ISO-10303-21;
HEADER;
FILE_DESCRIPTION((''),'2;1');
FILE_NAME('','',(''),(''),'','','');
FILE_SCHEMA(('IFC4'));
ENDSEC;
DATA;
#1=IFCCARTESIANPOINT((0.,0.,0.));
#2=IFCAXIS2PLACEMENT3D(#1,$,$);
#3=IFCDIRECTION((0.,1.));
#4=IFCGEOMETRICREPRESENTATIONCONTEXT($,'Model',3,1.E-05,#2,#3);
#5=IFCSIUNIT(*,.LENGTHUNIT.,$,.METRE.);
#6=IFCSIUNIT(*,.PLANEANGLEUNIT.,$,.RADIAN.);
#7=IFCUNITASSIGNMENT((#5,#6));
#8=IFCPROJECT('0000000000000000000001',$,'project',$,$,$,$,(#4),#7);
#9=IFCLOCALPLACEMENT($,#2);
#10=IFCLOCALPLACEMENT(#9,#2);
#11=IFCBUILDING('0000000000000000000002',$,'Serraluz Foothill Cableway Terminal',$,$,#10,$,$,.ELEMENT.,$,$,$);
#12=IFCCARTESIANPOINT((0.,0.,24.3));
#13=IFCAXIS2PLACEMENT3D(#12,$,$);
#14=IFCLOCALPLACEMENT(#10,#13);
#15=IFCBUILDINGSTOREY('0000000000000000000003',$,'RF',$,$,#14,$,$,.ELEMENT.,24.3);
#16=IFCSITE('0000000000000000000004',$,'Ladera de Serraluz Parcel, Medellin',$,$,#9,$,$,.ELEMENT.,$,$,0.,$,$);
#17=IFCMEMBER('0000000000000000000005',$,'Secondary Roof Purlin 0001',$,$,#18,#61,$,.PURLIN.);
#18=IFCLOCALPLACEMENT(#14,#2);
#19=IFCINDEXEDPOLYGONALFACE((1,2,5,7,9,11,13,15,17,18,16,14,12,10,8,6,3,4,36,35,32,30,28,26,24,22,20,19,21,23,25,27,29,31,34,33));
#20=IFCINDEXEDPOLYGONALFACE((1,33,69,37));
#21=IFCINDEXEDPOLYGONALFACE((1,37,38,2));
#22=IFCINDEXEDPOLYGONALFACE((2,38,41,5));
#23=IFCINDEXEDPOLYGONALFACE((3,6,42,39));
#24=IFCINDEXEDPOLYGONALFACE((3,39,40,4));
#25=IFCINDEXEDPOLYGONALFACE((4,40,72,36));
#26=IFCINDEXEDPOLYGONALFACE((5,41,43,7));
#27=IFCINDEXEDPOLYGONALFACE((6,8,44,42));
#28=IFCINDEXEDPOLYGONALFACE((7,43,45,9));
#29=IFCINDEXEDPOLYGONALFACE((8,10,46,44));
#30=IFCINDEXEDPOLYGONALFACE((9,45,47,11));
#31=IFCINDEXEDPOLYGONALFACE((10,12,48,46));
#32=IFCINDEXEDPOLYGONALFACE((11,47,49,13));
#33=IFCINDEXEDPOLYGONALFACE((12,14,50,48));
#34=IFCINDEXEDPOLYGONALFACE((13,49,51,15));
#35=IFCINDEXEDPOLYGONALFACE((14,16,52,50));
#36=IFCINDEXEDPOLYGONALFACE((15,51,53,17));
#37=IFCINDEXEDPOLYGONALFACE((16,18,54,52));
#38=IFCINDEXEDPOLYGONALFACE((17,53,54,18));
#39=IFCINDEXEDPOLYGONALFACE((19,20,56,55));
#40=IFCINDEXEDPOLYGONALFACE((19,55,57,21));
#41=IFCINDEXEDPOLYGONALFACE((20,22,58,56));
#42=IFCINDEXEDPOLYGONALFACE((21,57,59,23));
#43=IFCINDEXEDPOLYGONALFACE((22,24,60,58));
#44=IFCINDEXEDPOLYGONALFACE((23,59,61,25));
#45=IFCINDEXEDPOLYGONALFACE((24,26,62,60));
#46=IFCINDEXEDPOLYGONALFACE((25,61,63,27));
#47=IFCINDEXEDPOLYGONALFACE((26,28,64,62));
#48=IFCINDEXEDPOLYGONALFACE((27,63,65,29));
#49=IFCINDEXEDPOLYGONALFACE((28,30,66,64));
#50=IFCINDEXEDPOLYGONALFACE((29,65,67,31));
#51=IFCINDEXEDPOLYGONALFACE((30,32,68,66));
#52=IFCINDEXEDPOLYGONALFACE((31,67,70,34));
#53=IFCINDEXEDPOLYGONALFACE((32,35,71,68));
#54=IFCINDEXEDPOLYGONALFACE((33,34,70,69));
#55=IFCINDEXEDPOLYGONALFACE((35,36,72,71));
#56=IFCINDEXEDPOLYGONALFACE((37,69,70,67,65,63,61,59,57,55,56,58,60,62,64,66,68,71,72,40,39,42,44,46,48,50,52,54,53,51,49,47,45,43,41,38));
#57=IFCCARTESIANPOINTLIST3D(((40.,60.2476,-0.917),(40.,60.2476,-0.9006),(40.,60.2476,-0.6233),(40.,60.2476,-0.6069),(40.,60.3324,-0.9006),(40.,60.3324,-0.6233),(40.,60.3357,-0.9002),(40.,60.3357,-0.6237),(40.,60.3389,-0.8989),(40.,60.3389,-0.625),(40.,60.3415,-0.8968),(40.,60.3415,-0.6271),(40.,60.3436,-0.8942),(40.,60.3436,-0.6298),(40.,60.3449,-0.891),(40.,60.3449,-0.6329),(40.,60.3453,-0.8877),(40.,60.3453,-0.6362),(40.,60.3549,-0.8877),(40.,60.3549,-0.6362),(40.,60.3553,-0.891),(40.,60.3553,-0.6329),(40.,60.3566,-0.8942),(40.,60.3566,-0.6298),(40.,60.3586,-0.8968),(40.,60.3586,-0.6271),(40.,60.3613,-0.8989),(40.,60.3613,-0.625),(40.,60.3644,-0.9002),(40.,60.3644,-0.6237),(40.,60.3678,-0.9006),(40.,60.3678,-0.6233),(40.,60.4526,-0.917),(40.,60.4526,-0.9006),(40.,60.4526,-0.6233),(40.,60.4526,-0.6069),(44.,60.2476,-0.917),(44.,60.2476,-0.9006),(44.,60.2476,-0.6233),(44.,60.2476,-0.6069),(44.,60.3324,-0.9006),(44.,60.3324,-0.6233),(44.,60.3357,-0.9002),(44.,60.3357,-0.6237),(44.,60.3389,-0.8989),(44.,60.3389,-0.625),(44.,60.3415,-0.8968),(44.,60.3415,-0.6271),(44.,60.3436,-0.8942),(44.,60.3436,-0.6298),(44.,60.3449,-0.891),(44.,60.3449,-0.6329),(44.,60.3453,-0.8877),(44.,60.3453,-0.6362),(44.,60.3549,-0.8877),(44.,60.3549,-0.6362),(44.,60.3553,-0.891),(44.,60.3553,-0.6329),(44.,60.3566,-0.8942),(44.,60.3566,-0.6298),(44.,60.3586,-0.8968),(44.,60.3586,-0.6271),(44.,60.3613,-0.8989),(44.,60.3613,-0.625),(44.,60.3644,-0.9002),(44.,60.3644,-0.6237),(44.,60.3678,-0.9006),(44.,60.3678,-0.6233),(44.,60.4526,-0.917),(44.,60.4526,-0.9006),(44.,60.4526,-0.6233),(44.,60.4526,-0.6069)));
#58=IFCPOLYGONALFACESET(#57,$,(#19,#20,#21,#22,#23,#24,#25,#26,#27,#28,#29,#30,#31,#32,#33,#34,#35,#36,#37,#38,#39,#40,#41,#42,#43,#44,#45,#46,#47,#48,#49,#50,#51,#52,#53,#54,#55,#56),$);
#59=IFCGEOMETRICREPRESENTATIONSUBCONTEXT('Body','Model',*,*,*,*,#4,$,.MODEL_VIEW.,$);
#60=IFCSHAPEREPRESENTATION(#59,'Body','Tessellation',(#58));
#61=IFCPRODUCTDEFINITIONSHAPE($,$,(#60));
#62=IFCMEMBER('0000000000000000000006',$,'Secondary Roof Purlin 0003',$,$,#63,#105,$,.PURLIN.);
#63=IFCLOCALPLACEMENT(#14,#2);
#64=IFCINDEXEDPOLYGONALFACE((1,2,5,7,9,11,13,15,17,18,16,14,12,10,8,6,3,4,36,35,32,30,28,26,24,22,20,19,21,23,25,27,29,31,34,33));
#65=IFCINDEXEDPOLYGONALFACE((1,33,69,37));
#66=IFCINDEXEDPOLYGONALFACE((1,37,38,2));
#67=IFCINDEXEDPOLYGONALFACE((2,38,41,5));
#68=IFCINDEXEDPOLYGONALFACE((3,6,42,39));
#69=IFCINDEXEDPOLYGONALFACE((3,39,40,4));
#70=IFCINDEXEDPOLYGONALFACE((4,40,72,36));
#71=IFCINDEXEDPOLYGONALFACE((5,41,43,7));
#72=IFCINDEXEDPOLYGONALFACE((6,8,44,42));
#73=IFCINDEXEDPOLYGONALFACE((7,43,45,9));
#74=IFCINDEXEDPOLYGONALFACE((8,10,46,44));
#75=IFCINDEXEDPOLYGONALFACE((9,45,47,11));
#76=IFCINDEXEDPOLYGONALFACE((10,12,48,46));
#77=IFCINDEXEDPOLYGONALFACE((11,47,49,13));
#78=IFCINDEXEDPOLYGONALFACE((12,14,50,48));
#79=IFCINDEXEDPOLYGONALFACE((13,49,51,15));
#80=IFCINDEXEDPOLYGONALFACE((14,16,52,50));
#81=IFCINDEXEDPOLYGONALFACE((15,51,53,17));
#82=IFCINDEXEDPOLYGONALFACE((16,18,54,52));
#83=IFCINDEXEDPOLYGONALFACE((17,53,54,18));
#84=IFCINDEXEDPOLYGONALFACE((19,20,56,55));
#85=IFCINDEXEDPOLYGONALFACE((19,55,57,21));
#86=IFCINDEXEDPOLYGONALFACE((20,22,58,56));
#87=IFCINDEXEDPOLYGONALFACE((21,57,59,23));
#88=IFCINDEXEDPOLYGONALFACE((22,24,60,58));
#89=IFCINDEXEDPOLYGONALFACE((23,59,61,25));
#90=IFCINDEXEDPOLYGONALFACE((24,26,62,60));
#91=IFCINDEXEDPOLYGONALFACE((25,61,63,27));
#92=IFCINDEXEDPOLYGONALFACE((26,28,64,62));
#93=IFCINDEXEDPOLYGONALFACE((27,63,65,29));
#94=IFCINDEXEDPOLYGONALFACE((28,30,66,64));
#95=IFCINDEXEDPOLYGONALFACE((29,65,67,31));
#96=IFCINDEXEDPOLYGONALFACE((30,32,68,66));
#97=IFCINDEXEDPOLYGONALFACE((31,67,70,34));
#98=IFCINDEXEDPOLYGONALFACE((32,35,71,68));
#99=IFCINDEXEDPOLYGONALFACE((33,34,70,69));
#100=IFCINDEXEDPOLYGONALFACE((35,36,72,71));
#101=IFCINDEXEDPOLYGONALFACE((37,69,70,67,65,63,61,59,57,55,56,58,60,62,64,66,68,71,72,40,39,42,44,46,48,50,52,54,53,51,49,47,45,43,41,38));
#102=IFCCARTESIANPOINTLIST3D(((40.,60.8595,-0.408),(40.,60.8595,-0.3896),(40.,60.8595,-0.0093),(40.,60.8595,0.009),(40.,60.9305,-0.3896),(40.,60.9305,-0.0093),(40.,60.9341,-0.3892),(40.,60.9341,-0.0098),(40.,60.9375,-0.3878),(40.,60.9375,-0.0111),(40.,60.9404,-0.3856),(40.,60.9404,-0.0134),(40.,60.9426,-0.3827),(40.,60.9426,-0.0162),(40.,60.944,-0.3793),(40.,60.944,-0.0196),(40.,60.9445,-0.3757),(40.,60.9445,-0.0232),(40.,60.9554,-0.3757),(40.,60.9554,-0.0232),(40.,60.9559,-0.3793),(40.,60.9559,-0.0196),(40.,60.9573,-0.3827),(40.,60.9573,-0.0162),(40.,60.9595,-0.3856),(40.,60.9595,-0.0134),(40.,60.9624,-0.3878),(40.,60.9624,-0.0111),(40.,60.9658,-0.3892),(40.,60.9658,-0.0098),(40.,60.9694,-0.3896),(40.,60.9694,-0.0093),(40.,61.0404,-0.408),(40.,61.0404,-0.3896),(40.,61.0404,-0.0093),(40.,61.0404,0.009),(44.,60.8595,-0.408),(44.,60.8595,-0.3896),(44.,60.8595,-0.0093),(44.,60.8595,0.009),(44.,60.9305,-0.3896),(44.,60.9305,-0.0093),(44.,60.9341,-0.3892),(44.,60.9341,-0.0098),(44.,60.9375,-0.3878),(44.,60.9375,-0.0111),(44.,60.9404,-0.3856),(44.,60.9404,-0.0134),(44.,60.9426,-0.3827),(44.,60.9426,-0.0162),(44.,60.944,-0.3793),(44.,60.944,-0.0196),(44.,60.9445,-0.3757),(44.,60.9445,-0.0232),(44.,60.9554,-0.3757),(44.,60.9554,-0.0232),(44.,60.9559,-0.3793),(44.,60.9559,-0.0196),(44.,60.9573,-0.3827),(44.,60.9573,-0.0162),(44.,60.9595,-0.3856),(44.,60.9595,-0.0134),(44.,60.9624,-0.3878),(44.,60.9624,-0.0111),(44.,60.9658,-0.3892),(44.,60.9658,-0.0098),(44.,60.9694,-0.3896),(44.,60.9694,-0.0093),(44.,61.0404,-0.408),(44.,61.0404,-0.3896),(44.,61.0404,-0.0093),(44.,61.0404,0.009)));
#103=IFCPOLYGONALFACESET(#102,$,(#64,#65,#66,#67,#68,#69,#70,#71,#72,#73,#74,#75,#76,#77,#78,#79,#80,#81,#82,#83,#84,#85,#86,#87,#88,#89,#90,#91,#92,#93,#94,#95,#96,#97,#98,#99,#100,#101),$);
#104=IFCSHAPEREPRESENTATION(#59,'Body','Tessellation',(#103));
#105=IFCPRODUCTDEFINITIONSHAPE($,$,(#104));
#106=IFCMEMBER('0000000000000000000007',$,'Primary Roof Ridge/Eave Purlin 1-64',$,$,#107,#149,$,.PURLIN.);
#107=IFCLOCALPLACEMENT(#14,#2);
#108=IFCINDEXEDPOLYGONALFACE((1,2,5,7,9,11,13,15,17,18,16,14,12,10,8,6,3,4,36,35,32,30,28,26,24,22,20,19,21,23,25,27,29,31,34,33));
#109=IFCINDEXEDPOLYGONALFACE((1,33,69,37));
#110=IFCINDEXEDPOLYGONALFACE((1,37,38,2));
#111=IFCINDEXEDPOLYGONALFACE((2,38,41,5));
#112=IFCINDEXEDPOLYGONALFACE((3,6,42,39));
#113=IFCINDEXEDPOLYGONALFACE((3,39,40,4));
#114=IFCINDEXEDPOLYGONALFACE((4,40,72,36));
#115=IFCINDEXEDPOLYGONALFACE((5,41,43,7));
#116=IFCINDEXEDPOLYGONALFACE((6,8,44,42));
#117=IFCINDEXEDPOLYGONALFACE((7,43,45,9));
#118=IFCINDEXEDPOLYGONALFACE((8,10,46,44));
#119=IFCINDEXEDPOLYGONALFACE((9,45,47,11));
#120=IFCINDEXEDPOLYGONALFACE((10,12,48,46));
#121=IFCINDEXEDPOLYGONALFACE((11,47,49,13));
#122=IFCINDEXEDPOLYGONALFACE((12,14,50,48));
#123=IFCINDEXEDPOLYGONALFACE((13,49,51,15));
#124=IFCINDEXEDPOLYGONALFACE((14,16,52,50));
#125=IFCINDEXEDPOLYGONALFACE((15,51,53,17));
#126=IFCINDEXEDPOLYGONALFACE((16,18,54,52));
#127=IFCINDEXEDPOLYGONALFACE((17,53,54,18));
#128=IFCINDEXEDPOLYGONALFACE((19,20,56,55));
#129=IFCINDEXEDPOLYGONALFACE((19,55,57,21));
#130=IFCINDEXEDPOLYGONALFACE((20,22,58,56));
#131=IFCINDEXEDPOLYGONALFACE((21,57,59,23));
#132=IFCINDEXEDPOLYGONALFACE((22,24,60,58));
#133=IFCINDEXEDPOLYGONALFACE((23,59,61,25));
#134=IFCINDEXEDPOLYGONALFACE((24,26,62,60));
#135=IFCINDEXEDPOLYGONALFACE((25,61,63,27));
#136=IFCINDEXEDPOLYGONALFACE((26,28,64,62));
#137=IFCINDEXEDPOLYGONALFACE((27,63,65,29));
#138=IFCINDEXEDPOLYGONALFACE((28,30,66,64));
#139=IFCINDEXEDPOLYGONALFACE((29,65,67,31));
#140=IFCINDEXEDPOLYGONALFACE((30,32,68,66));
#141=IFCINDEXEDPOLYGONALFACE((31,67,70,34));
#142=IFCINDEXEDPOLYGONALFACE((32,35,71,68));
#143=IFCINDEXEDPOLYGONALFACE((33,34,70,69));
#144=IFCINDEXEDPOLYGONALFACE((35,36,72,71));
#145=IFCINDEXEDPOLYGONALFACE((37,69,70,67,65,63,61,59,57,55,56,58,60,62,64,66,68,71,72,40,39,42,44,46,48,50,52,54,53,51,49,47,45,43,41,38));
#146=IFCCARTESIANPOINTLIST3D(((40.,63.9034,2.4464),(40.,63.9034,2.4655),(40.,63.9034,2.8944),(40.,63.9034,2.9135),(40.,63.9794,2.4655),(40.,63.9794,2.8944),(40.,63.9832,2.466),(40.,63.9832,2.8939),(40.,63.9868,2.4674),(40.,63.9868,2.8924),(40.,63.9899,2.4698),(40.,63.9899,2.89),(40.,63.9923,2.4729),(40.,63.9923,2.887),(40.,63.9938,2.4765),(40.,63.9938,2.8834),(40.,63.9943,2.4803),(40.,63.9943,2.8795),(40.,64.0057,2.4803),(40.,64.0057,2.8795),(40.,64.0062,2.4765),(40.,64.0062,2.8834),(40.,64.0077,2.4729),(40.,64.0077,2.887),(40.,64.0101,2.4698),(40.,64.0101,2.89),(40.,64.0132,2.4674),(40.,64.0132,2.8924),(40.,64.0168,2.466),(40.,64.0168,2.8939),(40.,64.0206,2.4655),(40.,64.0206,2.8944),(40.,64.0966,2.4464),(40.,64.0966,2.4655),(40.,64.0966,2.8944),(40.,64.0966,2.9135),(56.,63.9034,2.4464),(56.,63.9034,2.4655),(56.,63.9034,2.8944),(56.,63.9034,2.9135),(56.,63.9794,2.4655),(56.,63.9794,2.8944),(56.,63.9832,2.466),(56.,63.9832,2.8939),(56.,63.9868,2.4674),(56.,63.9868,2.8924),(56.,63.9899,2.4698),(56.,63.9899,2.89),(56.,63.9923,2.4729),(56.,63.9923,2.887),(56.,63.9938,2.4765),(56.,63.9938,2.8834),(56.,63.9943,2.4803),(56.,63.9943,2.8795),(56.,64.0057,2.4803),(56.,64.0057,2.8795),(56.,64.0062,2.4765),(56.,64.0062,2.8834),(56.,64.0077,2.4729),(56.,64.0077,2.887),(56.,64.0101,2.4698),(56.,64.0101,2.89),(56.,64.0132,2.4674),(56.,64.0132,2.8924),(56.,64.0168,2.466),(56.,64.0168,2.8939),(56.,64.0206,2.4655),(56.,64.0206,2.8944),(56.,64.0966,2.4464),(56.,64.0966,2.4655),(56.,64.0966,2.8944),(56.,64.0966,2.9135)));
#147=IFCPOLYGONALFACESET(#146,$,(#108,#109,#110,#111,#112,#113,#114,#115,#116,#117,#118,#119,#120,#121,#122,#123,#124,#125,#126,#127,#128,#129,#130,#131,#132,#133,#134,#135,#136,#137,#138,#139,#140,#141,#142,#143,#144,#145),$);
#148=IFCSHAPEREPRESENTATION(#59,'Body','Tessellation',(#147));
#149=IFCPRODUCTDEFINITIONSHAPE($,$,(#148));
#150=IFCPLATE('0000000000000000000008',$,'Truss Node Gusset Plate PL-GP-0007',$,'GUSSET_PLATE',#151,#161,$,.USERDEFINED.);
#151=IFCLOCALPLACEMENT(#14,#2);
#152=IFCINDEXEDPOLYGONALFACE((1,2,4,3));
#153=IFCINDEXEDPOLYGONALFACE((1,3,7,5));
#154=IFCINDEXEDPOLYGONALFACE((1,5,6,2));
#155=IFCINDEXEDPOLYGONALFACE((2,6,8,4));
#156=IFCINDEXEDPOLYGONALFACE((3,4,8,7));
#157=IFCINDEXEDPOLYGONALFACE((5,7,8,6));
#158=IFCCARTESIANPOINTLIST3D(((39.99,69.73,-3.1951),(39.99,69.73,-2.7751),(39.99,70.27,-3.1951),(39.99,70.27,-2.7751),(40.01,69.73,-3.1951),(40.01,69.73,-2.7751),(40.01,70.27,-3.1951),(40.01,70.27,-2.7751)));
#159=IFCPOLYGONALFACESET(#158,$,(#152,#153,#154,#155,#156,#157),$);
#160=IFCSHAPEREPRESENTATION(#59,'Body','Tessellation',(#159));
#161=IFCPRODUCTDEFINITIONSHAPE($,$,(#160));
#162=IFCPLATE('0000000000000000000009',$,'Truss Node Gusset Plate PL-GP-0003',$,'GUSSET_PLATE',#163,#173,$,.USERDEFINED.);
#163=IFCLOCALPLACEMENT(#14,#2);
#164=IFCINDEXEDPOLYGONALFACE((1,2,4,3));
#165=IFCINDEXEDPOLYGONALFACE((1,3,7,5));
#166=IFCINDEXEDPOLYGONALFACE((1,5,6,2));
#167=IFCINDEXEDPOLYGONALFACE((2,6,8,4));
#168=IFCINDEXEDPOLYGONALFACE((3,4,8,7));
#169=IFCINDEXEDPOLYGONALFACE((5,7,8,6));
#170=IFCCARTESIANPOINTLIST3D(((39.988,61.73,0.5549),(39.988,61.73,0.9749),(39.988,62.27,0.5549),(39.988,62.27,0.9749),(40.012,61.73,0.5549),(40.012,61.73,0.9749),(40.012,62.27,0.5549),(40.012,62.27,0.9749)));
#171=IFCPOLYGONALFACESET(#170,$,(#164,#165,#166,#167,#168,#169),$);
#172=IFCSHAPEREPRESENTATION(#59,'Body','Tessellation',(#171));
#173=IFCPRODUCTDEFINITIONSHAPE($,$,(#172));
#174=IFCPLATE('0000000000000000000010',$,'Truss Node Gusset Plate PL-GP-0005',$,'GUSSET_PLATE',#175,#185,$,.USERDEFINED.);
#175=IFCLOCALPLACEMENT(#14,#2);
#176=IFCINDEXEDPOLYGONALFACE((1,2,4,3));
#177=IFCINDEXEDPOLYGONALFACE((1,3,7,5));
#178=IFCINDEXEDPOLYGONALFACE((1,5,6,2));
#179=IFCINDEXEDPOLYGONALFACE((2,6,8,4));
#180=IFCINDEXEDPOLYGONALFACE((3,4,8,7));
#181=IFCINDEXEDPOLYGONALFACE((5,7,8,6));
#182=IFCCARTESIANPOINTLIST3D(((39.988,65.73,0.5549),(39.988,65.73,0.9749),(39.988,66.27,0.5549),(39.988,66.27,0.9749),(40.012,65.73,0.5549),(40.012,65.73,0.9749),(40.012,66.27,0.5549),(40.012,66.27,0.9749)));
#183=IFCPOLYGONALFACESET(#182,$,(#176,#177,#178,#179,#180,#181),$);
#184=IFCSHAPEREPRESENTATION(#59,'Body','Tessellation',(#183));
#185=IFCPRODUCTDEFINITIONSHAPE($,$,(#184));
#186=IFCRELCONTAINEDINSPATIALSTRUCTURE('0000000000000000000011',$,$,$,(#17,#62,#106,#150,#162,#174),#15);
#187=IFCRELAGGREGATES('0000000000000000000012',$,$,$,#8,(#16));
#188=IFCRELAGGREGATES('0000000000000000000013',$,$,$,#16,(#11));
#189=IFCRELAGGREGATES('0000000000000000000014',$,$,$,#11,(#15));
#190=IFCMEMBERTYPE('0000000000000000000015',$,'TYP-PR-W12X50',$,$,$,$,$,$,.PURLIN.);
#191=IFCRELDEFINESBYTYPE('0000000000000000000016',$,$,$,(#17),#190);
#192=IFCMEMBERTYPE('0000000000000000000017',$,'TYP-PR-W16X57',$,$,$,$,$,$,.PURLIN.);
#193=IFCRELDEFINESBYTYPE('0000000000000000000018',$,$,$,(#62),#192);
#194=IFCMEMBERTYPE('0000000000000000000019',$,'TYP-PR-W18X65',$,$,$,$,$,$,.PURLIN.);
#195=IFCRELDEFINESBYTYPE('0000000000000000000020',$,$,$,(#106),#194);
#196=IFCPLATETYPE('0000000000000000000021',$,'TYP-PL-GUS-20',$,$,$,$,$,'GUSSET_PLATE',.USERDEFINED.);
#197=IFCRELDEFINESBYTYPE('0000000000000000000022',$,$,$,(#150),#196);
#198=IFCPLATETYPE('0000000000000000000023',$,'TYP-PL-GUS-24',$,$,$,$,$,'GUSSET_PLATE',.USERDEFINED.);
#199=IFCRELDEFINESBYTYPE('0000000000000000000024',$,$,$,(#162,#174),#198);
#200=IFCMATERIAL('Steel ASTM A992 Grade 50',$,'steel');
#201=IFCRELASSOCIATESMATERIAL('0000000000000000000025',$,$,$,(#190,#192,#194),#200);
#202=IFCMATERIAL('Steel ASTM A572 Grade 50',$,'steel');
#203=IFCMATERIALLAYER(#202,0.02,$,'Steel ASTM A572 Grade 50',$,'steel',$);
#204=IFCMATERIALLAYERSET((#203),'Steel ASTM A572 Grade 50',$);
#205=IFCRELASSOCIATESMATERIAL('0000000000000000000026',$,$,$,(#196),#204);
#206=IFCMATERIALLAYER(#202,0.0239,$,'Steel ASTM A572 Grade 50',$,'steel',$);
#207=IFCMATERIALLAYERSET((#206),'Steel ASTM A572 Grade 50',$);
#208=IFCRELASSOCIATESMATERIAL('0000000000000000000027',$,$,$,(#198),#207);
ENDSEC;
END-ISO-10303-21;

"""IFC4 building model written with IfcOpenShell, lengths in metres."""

from ifc_helpers import new_model, si_unit, direction, frame, origin, origin_2d, place, context, subcontext, project, spatial, rectangle, i_section, extrude, material, layer, layer_set, material_profile, profile_set, type_object, element, save


model = new_model("IFC4")

# Units and contexts
model_context = context("Model", 3, precision=1e-05, world=origin(), true_north=direction((0.0, 1.0)))
body_context = subcontext(model_context, "Body", "Model", "MODEL_VIEW")
ifc_project = project(units=[si_unit("LENGTHUNIT", "METRE"), si_unit("PLANEANGLEUNIT", "RADIAN")], contexts=[model_context])

# Site, building, storey
site_placement = place(None, origin())
site = spatial("IfcSite", under=ifc_project, at=site_placement, Name="Ladera de Serraluz Parcel, Medellin", CompositionType="ELEMENT", RefElevation=0.0)
building_placement = place(site_placement, origin())
building = spatial("IfcBuilding", under=site, at=building_placement, Name="Serraluz Foothill Cableway Terminal", CompositionType="ELEMENT")
storey_placement = place(building_placement, frame((0.0, 0.0, 24.3)))
storey = spatial("IfcBuildingStorey", under=building, at=storey_placement, Name="RF", CompositionType="ELEMENT", Elevation=24.3)

# Members
ifc_material_1 = material(Name="Steel ASTM A572 Grade 50", Category="steel")
ifc_material_2 = material(Name="Steel ASTM A992 Grade 50", Category="steel")
ifc_material_profile_1 = material_profile(ifc_material_2, i_section(OverallWidth=0.2051, OverallDepth=0.3101, WebThickness=0.0095, FlangeThickness=0.0164, FilletRadius=0.0129, at=origin_2d()), Name="W12X50")
ifc_profile_set_1 = profile_set([ifc_material_profile_1], Name="Steel ASTM A992 Grade 50")
member_type_1 = type_object("IfcMemberType", Name="TYP-PR-W12X50", PredefinedType="PURLIN", material=ifc_profile_set_1)
member_1_placement = place(storey_placement, frame((40.0, 60.3501, -0.762), z_axis=(1.0, 0.0, 0.0), x_axis=(0.0, 1.0, 0.0)))
element("IfcMember", 1, at=member_1_placement, inside=storey, type_object=member_type_1, Name="Secondary Roof Purlin 0001", PredefinedType="PURLIN", context=body_context, shape_type="SweptSolid", body=[
    extrude(i_section(OverallWidth=0.2051, OverallDepth=0.3101, WebThickness=0.0095, FlangeThickness=0.0164, FilletRadius=0.0129, at=origin_2d()), origin(), (0.0, 0.0, 1.0), 4.0),
])
ifc_material_profile_2 = material_profile(ifc_material_2, i_section(OverallWidth=0.1809, OverallDepth=0.417, WebThickness=0.011, FlangeThickness=0.0183, FilletRadius=0.0139, at=origin_2d()), Name="W16X57")
ifc_profile_set_2 = profile_set([ifc_material_profile_2], Name="Steel ASTM A992 Grade 50")
member_type_2 = type_object("IfcMemberType", Name="TYP-PR-W16X57", PredefinedType="PURLIN", material=ifc_profile_set_2)
member_2_placement = place(storey_placement, frame((40.0, 60.95, -0.1995), z_axis=(1.0, 0.0, 0.0), x_axis=(0.0, 1.0, 0.0)))
element("IfcMember", 2, at=member_2_placement, inside=storey, type_object=member_type_2, Name="Secondary Roof Purlin 0003", PredefinedType="PURLIN", context=body_context, shape_type="SweptSolid", body=[
    extrude(i_section(OverallWidth=0.1809, OverallDepth=0.417, WebThickness=0.011, FlangeThickness=0.0183, FilletRadius=0.0139, at=origin_2d()), origin(), (0.0, 0.0, 1.0), 4.0),
])
ifc_material_profile_3 = material_profile(ifc_material_2, i_section(OverallWidth=0.1931, OverallDepth=0.467, WebThickness=0.0115, FlangeThickness=0.019, FilletRadius=0.0149, at=origin_2d()), Name="W18X65")
ifc_profile_set_3 = profile_set([ifc_material_profile_3], Name="Steel ASTM A992 Grade 50")
member_type_3 = type_object("IfcMemberType", Name="TYP-PR-W18X65", PredefinedType="PURLIN", material=ifc_profile_set_3)
member_3_placement = place(storey_placement, frame((40.0, 64.0, 2.6799), z_axis=(1.0, 0.0, 0.0), x_axis=(0.0, 1.0, 0.0)))
element("IfcMember", 3, at=member_3_placement, inside=storey, type_object=member_type_3, Name="Primary Roof Ridge/Eave Purlin 1-64", PredefinedType="PURLIN", context=body_context, shape_type="SweptSolid", body=[
    extrude(i_section(OverallWidth=0.1931, OverallDepth=0.467, WebThickness=0.0115, FlangeThickness=0.019, FilletRadius=0.0149, at=origin_2d()), origin(), (0.0, 0.0, 1.0), 16.0),
])

# Plates
ifc_layer_1 = layer(ifc_material_1, 0.02, Name="Steel ASTM A572 Grade 50", Category="steel")
ifc_layer_set_1 = layer_set([ifc_layer_1], Name="Steel ASTM A572 Grade 50")
plate_type_1 = type_object("IfcPlateType", Name="TYP-PL-GUS-20", ElementType="GUSSET_PLATE", PredefinedType="USERDEFINED", material=ifc_layer_set_1)
plate_1_placement = place(storey_placement, frame((40.0, 70.0, -3.1951), z_axis=(0.0, 0.0, 1.0), x_axis=(1.0, 0.0, 0.0)))
element("IfcPlate", 4, at=plate_1_placement, inside=storey, type_object=plate_type_1, Name="Truss Node Gusset Plate PL-GP-0007", ObjectType="GUSSET_PLATE", PredefinedType="USERDEFINED", context=body_context, shape_type="SweptSolid", body=[
    extrude(rectangle(XDim=0.02, YDim=0.54, at=origin_2d()), origin(), (0.0, 0.0, 1.0), 0.4199),
])
ifc_layer_2 = layer(ifc_material_1, 0.0239, Name="Steel ASTM A572 Grade 50", Category="steel")
ifc_layer_set_2 = layer_set([ifc_layer_2], Name="Steel ASTM A572 Grade 50")
plate_type_2 = type_object("IfcPlateType", Name="TYP-PL-GUS-24", ElementType="GUSSET_PLATE", PredefinedType="USERDEFINED", material=ifc_layer_set_2)
for number, where, z_axis, x_axis, name in (
    (5, (40.0, 62.0, 0.5549), (0.0, 0.0, 1.0), (1.0, 0.0, 0.0), "Truss Node Gusset Plate PL-GP-0003"),
    (6, (40.0, 66.0, 0.5549), (0.0, 0.0, 1.0), (1.0, 0.0, 0.0), "Truss Node Gusset Plate PL-GP-0005"),
):
    element("IfcPlate", number, at=place(storey_placement, frame(where, z_axis=z_axis, x_axis=x_axis)), inside=storey, type_object=plate_type_2, Name=name, ObjectType="GUSSET_PLATE", PredefinedType="USERDEFINED", context=body_context, shape_type="SweptSolid", body=[
        extrude(rectangle(XDim=0.0239, YDim=0.54, at=origin_2d()), origin(), (0.0, 0.0, 1.0), 0.4199),
    ])

save(model, "model.ifc")
